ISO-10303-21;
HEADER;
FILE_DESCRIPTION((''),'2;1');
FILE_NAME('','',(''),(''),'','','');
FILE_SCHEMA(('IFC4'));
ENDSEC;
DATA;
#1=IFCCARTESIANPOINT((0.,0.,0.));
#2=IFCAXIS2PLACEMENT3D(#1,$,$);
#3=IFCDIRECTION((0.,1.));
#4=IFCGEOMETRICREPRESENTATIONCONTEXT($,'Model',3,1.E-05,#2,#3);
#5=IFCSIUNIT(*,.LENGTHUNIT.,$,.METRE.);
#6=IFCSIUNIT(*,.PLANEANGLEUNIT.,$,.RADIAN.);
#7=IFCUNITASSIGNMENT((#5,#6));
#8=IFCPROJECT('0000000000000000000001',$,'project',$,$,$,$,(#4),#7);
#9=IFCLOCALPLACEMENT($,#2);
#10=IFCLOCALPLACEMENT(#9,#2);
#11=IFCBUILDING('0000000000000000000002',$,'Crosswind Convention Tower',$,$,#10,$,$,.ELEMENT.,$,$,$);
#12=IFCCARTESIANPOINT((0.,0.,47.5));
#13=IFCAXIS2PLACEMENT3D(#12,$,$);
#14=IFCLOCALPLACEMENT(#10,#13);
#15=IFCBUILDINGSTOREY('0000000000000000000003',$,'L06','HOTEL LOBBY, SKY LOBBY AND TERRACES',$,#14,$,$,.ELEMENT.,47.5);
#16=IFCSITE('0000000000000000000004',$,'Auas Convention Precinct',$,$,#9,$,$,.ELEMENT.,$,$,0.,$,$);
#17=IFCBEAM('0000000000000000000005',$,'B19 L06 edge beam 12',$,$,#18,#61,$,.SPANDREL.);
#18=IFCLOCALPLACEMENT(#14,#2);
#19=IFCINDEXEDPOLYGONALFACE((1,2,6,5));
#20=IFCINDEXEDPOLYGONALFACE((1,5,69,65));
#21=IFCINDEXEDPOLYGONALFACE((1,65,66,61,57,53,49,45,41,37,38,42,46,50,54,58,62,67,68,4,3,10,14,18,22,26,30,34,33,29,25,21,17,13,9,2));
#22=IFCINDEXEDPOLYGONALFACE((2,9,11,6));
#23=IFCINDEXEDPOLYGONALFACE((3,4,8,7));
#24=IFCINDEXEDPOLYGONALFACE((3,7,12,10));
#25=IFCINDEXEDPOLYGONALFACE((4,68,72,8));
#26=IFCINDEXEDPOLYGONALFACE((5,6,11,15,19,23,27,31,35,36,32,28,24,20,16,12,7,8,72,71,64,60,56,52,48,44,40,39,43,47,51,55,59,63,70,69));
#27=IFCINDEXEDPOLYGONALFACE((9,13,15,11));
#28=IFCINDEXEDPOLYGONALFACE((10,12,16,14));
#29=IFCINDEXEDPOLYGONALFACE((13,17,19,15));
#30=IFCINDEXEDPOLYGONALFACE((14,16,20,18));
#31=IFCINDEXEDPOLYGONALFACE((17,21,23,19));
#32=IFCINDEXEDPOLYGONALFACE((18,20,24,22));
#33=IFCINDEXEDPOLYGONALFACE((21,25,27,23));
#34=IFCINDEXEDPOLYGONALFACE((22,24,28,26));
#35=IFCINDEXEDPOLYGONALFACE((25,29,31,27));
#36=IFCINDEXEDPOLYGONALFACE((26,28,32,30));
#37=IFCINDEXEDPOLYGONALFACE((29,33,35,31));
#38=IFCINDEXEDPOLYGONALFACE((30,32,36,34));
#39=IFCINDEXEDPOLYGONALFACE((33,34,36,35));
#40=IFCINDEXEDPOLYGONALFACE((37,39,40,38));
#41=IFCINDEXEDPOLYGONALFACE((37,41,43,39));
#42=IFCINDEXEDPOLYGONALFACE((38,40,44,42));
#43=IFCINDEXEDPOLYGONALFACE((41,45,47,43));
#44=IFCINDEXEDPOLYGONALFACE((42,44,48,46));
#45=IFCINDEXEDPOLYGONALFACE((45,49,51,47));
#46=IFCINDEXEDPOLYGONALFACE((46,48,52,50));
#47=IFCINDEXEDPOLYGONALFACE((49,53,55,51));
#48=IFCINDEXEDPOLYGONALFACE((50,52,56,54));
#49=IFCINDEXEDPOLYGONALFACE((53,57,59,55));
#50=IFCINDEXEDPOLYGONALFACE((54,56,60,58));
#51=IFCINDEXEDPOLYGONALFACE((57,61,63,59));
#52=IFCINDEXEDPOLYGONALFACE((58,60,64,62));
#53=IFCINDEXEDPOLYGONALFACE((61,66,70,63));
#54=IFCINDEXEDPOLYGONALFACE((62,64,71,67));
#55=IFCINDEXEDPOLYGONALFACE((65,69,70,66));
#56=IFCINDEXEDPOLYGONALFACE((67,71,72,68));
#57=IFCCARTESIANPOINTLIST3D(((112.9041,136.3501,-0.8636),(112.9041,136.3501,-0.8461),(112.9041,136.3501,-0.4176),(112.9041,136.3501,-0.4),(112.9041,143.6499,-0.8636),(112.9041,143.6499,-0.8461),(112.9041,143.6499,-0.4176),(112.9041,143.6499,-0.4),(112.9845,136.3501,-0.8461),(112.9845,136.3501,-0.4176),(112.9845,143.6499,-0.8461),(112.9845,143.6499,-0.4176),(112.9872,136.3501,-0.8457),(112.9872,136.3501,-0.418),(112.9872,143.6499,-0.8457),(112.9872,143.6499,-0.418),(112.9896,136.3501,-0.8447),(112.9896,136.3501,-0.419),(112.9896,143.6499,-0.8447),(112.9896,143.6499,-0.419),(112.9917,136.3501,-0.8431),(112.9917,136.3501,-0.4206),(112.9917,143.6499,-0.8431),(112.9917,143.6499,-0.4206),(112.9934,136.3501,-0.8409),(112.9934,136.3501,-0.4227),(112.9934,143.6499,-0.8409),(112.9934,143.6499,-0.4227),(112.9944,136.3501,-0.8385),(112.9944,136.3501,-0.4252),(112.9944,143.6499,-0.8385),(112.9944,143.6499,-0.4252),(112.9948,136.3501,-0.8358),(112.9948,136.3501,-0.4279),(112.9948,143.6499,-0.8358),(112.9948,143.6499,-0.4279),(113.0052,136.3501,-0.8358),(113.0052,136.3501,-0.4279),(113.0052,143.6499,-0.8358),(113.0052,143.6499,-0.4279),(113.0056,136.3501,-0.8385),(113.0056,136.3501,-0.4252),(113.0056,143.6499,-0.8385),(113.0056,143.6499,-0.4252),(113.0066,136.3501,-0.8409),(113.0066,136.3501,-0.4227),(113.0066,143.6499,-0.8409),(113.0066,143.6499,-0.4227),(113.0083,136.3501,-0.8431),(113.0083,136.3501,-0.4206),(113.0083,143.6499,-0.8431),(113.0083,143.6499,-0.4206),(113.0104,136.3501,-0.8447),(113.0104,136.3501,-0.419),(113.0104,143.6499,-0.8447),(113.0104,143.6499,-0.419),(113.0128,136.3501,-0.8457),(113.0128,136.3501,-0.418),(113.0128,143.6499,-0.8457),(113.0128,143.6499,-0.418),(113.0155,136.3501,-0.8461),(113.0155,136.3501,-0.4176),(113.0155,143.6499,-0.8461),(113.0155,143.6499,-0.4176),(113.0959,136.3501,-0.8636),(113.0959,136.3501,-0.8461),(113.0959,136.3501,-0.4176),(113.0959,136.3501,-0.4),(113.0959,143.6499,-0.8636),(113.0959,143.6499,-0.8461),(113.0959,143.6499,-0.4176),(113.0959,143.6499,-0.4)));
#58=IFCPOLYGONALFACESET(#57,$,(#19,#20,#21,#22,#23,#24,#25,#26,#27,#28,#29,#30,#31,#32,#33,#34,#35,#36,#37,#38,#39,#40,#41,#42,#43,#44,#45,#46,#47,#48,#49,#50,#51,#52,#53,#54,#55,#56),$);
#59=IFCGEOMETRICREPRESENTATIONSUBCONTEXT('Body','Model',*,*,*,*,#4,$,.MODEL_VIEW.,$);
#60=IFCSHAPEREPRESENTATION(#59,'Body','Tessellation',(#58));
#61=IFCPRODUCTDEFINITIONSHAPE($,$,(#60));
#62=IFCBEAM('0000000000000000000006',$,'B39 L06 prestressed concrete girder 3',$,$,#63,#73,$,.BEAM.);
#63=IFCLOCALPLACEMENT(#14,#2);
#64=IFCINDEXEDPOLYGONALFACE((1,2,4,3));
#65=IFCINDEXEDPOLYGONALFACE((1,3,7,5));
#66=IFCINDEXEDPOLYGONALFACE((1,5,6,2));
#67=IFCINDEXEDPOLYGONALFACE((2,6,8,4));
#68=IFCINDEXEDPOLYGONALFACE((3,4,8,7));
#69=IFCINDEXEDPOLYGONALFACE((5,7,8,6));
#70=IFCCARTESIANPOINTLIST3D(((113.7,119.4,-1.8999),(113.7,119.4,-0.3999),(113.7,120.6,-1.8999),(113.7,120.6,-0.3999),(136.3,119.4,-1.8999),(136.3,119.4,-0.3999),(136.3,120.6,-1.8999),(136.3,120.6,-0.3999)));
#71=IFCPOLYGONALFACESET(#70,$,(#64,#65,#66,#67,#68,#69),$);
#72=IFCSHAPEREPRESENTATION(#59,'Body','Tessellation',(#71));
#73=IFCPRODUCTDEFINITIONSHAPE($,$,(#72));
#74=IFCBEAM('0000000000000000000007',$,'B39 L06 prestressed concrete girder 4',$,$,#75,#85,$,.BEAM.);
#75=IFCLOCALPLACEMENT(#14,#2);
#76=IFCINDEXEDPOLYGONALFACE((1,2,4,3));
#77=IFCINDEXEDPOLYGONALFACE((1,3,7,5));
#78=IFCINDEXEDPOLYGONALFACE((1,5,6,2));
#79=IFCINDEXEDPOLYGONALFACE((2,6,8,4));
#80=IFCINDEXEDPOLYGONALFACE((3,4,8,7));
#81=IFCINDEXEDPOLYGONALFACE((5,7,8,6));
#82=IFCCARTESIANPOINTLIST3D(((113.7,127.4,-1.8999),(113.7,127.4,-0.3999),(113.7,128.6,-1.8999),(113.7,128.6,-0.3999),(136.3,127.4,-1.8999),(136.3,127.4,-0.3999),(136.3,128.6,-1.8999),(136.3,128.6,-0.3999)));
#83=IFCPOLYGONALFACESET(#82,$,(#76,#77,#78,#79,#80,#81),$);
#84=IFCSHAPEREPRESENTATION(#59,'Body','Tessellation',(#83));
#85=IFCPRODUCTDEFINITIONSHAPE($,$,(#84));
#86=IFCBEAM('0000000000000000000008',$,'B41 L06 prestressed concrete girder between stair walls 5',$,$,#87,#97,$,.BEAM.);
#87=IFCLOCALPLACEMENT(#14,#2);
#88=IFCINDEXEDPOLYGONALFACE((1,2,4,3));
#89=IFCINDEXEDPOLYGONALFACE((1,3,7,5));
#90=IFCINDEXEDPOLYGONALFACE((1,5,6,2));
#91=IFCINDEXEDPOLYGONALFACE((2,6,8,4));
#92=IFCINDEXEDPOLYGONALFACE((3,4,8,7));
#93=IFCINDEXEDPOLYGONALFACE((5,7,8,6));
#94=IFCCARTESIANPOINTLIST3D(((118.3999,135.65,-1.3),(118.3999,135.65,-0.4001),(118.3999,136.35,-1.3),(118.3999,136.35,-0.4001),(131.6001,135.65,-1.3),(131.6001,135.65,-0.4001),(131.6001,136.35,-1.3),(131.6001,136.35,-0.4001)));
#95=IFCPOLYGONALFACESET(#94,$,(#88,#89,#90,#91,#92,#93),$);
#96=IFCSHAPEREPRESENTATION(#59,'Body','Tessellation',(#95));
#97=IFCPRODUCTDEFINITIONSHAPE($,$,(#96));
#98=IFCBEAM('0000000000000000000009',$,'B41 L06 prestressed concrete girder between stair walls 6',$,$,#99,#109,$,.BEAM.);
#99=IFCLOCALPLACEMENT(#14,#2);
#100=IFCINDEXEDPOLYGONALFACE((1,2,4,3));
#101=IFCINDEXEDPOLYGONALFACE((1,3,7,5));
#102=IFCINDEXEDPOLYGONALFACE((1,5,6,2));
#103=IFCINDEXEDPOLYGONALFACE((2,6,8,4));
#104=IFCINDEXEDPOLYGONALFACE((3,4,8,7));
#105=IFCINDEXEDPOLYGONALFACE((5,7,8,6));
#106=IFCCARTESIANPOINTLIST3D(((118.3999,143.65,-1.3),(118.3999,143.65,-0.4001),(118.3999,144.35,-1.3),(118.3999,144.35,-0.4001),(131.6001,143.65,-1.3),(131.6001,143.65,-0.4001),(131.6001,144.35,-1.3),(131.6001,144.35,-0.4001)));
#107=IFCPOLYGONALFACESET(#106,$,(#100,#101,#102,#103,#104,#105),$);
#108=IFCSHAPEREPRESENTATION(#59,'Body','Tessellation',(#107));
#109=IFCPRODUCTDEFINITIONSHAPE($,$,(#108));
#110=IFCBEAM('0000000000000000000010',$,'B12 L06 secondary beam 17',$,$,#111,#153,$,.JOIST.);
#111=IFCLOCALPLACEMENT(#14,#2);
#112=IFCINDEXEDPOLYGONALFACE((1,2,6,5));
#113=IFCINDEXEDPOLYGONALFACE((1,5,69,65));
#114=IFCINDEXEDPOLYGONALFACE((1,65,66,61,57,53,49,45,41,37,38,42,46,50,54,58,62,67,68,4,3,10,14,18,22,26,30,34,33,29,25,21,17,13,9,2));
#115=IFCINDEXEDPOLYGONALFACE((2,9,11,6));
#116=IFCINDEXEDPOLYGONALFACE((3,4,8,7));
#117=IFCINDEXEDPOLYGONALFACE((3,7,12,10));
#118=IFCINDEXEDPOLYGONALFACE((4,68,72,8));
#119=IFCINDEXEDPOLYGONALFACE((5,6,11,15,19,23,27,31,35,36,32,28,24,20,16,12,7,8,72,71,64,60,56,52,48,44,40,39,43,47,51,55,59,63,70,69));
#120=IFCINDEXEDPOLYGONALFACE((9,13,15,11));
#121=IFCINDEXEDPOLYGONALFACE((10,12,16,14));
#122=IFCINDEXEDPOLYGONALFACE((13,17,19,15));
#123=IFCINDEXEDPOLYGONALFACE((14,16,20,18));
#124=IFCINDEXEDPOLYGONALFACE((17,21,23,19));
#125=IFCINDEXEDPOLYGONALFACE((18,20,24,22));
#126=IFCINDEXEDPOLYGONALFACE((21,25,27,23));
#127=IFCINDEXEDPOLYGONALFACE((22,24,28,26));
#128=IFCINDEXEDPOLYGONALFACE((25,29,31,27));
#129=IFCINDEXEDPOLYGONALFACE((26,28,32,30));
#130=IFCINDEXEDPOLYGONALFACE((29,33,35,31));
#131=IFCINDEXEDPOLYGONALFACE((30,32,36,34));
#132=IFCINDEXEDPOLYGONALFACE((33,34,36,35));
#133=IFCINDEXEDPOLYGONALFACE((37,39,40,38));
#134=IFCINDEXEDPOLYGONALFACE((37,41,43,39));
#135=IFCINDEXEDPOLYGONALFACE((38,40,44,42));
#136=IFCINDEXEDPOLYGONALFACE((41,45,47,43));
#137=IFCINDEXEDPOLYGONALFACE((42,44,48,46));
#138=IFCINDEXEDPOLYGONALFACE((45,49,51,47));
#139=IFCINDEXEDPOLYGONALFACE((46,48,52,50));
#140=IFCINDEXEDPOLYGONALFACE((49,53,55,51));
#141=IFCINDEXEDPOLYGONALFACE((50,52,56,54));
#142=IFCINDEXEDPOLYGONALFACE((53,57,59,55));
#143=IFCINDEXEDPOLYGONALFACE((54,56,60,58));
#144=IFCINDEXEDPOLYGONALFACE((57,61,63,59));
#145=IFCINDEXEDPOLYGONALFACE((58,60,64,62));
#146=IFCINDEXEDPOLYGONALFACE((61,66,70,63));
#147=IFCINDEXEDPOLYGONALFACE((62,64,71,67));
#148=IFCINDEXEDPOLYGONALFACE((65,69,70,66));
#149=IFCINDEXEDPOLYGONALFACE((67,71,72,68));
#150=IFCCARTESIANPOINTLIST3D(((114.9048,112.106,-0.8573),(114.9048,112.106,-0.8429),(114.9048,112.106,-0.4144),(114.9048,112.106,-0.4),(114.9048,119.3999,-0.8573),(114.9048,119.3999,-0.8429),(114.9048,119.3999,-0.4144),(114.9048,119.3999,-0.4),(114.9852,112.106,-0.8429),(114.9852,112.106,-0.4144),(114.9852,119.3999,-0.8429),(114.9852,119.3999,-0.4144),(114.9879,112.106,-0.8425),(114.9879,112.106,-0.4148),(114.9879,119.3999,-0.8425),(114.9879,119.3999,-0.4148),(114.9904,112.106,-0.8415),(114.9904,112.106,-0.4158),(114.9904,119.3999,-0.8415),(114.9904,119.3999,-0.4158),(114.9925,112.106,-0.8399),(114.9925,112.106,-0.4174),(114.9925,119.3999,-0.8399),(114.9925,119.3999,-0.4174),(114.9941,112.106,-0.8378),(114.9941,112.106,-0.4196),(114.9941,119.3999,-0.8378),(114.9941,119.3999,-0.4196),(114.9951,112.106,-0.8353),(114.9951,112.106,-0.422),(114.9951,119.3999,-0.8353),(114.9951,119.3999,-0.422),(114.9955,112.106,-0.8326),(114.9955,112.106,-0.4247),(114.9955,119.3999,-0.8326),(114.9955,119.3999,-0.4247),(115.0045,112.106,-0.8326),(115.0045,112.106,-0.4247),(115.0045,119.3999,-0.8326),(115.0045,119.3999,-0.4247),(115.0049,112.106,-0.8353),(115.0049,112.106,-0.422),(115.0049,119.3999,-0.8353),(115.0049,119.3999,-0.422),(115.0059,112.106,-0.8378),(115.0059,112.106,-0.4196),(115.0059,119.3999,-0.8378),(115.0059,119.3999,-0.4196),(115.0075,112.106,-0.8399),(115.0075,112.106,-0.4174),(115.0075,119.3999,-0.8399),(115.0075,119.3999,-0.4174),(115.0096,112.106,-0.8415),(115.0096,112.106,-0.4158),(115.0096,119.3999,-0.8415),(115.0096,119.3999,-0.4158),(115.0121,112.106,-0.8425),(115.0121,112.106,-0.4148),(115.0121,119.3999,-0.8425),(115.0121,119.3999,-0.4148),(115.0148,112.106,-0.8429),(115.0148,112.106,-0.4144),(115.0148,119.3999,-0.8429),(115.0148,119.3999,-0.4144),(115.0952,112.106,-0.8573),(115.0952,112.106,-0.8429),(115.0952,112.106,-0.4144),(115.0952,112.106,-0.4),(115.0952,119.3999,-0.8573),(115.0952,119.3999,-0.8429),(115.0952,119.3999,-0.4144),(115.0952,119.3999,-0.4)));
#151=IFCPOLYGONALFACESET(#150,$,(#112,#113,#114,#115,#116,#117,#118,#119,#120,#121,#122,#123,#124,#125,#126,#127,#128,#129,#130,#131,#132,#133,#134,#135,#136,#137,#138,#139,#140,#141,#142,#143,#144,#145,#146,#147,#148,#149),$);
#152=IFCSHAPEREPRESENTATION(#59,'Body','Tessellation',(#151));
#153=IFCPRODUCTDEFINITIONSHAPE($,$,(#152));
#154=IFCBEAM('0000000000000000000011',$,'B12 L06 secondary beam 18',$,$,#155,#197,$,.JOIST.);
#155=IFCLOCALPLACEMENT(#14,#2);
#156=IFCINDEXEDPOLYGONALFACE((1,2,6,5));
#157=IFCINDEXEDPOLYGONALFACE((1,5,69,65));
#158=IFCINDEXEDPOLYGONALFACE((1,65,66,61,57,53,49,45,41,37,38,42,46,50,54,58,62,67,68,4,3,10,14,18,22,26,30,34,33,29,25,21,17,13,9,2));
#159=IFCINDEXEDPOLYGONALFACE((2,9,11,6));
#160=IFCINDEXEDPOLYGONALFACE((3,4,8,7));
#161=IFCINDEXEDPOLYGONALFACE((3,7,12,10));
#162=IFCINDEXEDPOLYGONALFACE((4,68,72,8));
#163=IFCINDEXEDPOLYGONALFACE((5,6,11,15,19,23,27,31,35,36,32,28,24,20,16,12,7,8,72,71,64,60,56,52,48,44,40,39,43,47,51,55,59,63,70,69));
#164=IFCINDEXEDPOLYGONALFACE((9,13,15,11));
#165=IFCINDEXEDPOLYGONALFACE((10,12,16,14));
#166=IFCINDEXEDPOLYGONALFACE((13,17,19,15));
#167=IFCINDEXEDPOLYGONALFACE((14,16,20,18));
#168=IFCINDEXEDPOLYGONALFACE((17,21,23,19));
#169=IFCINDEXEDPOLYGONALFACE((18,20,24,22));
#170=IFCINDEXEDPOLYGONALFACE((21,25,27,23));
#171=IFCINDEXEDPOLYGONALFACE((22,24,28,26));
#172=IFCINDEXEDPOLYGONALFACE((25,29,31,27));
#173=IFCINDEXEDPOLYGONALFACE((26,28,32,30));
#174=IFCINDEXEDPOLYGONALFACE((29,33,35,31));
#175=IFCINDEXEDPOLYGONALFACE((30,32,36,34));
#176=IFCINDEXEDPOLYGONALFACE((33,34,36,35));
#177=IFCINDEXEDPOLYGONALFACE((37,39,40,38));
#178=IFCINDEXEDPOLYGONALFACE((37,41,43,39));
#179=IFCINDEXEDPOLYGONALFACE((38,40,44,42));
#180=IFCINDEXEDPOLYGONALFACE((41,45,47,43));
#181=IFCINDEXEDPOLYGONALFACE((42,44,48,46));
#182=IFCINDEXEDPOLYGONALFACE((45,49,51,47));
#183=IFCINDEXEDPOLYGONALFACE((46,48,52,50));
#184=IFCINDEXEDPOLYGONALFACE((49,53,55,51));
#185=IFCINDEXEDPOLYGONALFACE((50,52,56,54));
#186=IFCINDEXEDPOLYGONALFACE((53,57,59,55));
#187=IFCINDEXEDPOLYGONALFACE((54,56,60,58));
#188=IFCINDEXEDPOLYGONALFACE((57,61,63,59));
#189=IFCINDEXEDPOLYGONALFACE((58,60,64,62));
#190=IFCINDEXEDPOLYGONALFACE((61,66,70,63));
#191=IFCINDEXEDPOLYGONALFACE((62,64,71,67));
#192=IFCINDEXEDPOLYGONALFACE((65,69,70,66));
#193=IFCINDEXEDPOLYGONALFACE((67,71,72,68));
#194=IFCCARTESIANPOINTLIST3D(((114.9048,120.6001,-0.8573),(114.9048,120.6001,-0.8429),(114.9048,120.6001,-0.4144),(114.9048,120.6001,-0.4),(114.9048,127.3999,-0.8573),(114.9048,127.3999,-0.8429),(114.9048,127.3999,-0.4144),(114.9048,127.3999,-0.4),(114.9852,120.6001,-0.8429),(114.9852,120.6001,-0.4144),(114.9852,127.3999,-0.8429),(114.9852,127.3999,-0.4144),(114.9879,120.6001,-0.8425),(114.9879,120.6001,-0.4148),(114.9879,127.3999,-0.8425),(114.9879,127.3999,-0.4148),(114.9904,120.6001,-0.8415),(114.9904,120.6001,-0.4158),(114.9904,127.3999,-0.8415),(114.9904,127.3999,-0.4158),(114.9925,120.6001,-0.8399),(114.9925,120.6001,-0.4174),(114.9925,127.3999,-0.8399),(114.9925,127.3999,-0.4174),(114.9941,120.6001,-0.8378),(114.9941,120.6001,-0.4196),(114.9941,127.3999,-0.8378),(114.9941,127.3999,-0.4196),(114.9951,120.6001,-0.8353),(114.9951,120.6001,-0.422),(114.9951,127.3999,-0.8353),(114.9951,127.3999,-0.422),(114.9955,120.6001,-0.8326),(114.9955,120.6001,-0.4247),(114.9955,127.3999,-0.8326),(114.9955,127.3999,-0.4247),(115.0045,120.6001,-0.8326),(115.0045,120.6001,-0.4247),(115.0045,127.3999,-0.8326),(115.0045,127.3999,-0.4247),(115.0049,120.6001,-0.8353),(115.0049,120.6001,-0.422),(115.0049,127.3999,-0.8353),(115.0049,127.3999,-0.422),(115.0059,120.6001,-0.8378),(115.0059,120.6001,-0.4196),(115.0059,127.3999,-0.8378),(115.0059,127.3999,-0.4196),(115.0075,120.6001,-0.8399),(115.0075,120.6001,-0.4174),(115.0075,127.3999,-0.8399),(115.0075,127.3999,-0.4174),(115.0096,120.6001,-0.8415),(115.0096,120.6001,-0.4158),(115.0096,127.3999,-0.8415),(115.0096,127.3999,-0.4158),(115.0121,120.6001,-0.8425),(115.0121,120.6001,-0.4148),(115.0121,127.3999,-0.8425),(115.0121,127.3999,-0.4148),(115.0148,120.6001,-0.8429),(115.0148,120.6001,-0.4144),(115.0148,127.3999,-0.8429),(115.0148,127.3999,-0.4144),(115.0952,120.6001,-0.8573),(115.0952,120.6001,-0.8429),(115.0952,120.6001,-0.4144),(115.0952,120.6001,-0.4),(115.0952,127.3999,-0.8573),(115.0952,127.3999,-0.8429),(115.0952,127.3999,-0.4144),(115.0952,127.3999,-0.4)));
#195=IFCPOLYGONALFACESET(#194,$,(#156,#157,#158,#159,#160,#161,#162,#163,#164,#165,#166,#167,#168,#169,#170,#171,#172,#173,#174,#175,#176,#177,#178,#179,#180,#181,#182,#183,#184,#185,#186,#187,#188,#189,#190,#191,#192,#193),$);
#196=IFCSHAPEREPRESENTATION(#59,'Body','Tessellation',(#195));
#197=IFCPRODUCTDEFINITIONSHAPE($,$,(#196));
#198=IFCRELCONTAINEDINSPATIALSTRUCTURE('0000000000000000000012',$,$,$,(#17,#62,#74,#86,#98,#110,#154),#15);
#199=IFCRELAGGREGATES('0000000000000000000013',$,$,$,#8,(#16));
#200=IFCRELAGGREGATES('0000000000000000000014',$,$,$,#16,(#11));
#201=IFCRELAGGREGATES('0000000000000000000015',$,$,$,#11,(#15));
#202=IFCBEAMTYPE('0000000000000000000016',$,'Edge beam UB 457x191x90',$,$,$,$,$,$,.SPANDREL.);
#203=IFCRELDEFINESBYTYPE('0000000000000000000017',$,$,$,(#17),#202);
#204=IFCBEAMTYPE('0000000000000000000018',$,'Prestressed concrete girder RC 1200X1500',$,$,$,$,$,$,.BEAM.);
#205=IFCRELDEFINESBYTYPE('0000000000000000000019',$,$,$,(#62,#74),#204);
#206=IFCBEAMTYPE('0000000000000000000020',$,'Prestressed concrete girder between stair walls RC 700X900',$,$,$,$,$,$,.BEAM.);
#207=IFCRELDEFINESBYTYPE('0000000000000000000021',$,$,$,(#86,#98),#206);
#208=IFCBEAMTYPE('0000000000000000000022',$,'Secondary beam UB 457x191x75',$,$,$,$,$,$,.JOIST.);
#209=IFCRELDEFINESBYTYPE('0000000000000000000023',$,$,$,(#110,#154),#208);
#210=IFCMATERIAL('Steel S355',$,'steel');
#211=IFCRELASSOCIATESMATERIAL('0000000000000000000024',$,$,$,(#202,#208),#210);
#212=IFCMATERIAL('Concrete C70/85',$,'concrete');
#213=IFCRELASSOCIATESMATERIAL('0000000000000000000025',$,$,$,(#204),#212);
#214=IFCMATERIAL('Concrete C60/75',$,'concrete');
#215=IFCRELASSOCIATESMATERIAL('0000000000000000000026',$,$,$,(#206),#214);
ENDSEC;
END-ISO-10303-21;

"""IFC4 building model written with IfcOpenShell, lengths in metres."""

from ifc_helpers import new_model, si_unit, direction, frame, origin, origin_2d, place, context, subcontext, project, spatial, rectangle, i_section, extrude, material, material_profile, profile_set, type_object, element, save


model = new_model("IFC4")

# Units and contexts
model_context = context("Model", 3, precision=1e-05, world=origin(), true_north=direction((0.0, 1.0)))
body_context = subcontext(model_context, "Body", "Model", "MODEL_VIEW")
ifc_project = project(units=[si_unit("LENGTHUNIT", "METRE"), si_unit("PLANEANGLEUNIT", "RADIAN")], contexts=[model_context])

# Site, building, storey
site_placement = place(None, origin())
site = spatial("IfcSite", under=ifc_project, at=site_placement, Name="Auas Convention Precinct", CompositionType="ELEMENT", RefElevation=0.0)
building_placement = place(site_placement, origin())
building = spatial("IfcBuilding", under=site, at=building_placement, Name="Crosswind Convention Tower", CompositionType="ELEMENT")
storey_placement = place(building_placement, frame((0.0, 0.0, 47.5)))
storey = spatial("IfcBuildingStorey", under=building, at=storey_placement, Name="L06", Description="HOTEL LOBBY, SKY LOBBY AND TERRACES", CompositionType="ELEMENT", Elevation=47.5)

# Shared definitions
ifc_material_1 = material(Name="Concrete C70/85", Category="concrete")
ifc_material_2 = material(Name="Concrete C60/75", Category="concrete")

# Beams
ifc_material_3 = material(Name="Steel S355", Category="steel")
ifc_material_profile_1 = material_profile(ifc_material_3, i_section(OverallWidth=0.1919, OverallDepth=0.4636, WebThickness=0.0105, FlangeThickness=0.0176, FilletRadius=0.0103, at=origin_2d()), Name="UB 457x191x90")
ifc_profile_set_1 = profile_set([ifc_material_profile_1], Name="Steel S355")
beam_type_1 = type_object("IfcBeamType", Name="Edge beam UB 457x191x90", PredefinedType="SPANDREL", material=ifc_profile_set_1)
beam_1_placement = place(storey_placement, frame((113.0, 136.3501, -0.6318), z_axis=(0.0, 1.0, 0.0), x_axis=(-1.0, 0.0, 0.0)))
element("IfcBeam", 1, at=beam_1_placement, inside=storey, type_object=beam_type_1, Name="B19 L06 edge beam 12", PredefinedType="SPANDREL", context=body_context, shape_type="SweptSolid", body=[
    extrude(i_section(OverallWidth=0.1919, OverallDepth=0.4636, WebThickness=0.0105, FlangeThickness=0.0176, FilletRadius=0.0103, at=origin_2d()), origin(), (0.0, 0.0, 1.0), 7.2998),
])
ifc_material_profile_2 = material_profile(ifc_material_1, rectangle(XDim=1.2, YDim=1.5, at=origin_2d()), Name="RC 1200X1500")
ifc_profile_set_2 = profile_set([ifc_material_profile_2], Name="Concrete C70/85")
beam_type_2 = type_object("IfcBeamType", Name="Prestressed concrete girder RC 1200X1500", PredefinedType="BEAM", material=ifc_profile_set_2)
for number, where, z_axis, x_axis, name in (
    (2, (113.7, 120.0, -1.1499), (1.0, 0.0, 0.0), (0.0, 1.0, 0.0), "B39 L06 prestressed concrete girder 3"),
    (3, (113.7, 128.0, -1.1499), (1.0, 0.0, 0.0), (0.0, 1.0, 0.0), "B39 L06 prestressed concrete girder 4"),
):
    element("IfcBeam", number, at=place(storey_placement, frame(where, z_axis=z_axis, x_axis=x_axis)), inside=storey, type_object=beam_type_2, Name=name, PredefinedType="BEAM", context=body_context, shape_type="SweptSolid", body=[
        extrude(rectangle(XDim=1.2, YDim=1.5, at=origin_2d()), origin(), (0.0, 0.0, 1.0), 22.6001),
    ])
ifc_material_profile_3 = material_profile(ifc_material_2, rectangle(XDim=0.7, YDim=0.8999, at=origin_2d()), Name="RC 700X900")
ifc_profile_set_3 = profile_set([ifc_material_profile_3], Name="Concrete C60/75")
beam_type_3 = type_object("IfcBeamType", Name="Prestressed concrete girder between stair walls RC 700X900", PredefinedType="BEAM", material=ifc_profile_set_3)
for number, where, z_axis, x_axis, name in (
    (4, (118.3999, 136.0, -0.8501), (1.0, 0.0, 0.0), (0.0, 1.0, 0.0), "B41 L06 prestressed concrete girder between stair walls 5"),
    (5, (118.3999, 144.0, -0.8501), (1.0, 0.0, 0.0), (0.0, 1.0, 0.0), "B41 L06 prestressed concrete girder between stair walls 6"),
):
    element("IfcBeam", number, at=place(storey_placement, frame(where, z_axis=z_axis, x_axis=x_axis)), inside=storey, type_object=beam_type_3, Name=name, PredefinedType="BEAM", context=body_context, shape_type="SweptSolid", body=[
        extrude(rectangle(XDim=0.7, YDim=0.8999, at=origin_2d()), origin(), (0.0, 0.0, 1.0), 13.2002),
    ])
ifc_material_profile_4 = material_profile(ifc_material_3, i_section(OverallWidth=0.1904, OverallDepth=0.4573, WebThickness=0.009, FlangeThickness=0.0144, FilletRadius=0.0103, at=origin_2d()), Name="UB 457x191x75")
ifc_profile_set_4 = profile_set([ifc_material_profile_4], Name="Steel S355")
beam_type_4 = type_object("IfcBeamType", Name="Secondary beam UB 457x191x75", PredefinedType="JOIST", material=ifc_profile_set_4)
beam_2_placement = place(storey_placement, frame((115.0, 112.106, -0.6287), z_axis=(0.0, 1.0, 0.0), x_axis=(-1.0, 0.0, 0.0)))
element("IfcBeam", 6, at=beam_2_placement, inside=storey, type_object=beam_type_4, Name="B12 L06 secondary beam 17", PredefinedType="JOIST", context=body_context, shape_type="SweptSolid", body=[
    extrude(i_section(OverallWidth=0.1904, OverallDepth=0.4573, WebThickness=0.009, FlangeThickness=0.0144, FilletRadius=0.0103, at=origin_2d()), origin(), (0.0, 0.0, 1.0), 7.2939),
])
beam_3_placement = place(storey_placement, frame((115.0, 120.6001, -0.6287), z_axis=(0.0, 1.0, 0.0), x_axis=(-1.0, 0.0, 0.0)))
element("IfcBeam", 7, at=beam_3_placement, inside=storey, type_object=beam_type_4, Name="B12 L06 secondary beam 18", PredefinedType="JOIST", context=body_context, shape_type="SweptSolid", body=[
    extrude(i_section(OverallWidth=0.1904, OverallDepth=0.4573, WebThickness=0.009, FlangeThickness=0.0144, FilletRadius=0.0103, at=origin_2d()), origin(), (0.0, 0.0, 1.0), 6.7998),
])

save(model, "model.ifc")
